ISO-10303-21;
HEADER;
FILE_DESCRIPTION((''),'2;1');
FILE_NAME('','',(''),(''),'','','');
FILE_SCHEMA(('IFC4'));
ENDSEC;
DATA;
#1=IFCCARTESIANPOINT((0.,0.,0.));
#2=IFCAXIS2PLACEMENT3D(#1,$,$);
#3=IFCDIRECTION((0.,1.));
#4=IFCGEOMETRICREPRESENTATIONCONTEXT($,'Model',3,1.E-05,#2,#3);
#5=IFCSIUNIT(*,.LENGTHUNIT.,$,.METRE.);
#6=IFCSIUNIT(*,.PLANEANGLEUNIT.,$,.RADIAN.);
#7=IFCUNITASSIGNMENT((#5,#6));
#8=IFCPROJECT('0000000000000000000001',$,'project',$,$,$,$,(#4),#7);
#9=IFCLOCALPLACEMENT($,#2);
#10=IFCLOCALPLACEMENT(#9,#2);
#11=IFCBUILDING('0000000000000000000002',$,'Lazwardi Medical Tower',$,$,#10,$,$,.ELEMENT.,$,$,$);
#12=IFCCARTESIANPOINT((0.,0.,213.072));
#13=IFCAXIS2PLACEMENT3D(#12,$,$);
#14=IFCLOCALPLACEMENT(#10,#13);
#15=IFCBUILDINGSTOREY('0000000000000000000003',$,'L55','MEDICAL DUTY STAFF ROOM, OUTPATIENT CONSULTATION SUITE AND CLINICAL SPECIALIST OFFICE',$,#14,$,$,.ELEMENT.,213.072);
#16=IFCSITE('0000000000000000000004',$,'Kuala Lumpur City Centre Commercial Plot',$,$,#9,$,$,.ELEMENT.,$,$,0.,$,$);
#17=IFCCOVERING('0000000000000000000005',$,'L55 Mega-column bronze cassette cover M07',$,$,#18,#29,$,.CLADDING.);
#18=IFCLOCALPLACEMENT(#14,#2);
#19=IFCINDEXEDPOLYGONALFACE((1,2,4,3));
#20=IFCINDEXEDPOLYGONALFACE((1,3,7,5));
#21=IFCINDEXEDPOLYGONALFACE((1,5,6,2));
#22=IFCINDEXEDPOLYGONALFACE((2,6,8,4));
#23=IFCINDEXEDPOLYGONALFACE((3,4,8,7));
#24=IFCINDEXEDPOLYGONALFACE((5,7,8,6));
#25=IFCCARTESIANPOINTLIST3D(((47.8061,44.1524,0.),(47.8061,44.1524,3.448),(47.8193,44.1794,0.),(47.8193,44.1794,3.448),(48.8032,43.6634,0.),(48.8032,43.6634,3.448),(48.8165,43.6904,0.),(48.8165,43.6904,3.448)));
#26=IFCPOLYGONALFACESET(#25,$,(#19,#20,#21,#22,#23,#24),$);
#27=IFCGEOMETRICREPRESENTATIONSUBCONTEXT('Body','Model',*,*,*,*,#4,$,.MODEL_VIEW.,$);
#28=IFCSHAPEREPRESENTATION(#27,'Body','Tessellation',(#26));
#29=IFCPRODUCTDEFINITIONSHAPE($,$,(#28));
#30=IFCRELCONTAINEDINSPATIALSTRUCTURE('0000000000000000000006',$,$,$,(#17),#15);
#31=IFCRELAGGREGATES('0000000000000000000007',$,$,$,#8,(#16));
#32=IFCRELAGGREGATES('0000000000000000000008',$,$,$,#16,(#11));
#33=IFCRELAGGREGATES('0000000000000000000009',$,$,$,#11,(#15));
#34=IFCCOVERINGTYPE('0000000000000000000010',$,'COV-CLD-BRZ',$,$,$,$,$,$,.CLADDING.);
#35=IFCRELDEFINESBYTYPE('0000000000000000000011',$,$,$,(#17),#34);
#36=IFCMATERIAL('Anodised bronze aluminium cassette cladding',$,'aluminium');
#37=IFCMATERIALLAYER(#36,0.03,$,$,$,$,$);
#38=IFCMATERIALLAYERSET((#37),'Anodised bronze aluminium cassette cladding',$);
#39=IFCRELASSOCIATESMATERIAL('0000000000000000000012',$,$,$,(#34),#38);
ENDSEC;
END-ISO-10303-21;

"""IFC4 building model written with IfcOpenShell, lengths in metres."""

from ifc_helpers import new_model, si_unit, direction, frame, origin, origin_2d, place, context, subcontext, project, spatial, rectangle, extrude, material, layer, layer_set, type_object, element, save


model = new_model("IFC4")

# Units and contexts
model_context = context("Model", 3, precision=1e-05, world=origin(), true_north=direction((0.0, 1.0)))
body_context = subcontext(model_context, "Body", "Model", "MODEL_VIEW")
ifc_project = project(units=[si_unit("LENGTHUNIT", "METRE"), si_unit("PLANEANGLEUNIT", "RADIAN")], contexts=[model_context])

# Site, building, storey
site_placement = place(None, origin())
site = spatial("IfcSite", under=ifc_project, at=site_placement, Name="Kuala Lumpur City Centre Commercial Plot", CompositionType="ELEMENT", RefElevation=0.0)
building_placement = place(site_placement, origin())
building = spatial("IfcBuilding", under=site, at=building_placement, Name="Lazwardi Medical Tower", CompositionType="ELEMENT")
storey_placement = place(building_placement, frame((0.0, 0.0, 213.072)))
storey = spatial("IfcBuildingStorey", under=building, at=storey_placement, Name="L55", Description="MEDICAL DUTY STAFF ROOM, OUTPATIENT CONSULTATION SUITE AND CLINICAL SPECIALIST OFFICE", CompositionType="ELEMENT", Elevation=213.072)

# Covering
ifc_material_1 = material(Name="Anodised bronze aluminium cassette cladding", Category="aluminium")
ifc_layer_1 = layer(ifc_material_1, 0.03)
ifc_layer_set_1 = layer_set([ifc_layer_1], Name="Anodised bronze aluminium cassette cladding")
covering_type = type_object("IfcCoveringType", Name="COV-CLD-BRZ", PredefinedType="CLADDING", material=ifc_layer_set_1)
covering_1_placement = place(storey_placement, frame((48.3113, 43.9214, 0.0), z_axis=(0.0, 0.0, 1.0), x_axis=(-0.89784, 0.440322, 0.0)))
element("IfcCovering", 1, at=covering_1_placement, inside=storey, type_object=covering_type, Name="L55 Mega-column bronze cassette cover M07", PredefinedType="CLADDING", context=body_context, shape_type="SweptSolid", body=[
    extrude(rectangle(XDim=1.1106, YDim=0.03, at=origin_2d()), origin(), (0.0, 0.0, 1.0), 3.448),
])

save(model, "model.ifc")
